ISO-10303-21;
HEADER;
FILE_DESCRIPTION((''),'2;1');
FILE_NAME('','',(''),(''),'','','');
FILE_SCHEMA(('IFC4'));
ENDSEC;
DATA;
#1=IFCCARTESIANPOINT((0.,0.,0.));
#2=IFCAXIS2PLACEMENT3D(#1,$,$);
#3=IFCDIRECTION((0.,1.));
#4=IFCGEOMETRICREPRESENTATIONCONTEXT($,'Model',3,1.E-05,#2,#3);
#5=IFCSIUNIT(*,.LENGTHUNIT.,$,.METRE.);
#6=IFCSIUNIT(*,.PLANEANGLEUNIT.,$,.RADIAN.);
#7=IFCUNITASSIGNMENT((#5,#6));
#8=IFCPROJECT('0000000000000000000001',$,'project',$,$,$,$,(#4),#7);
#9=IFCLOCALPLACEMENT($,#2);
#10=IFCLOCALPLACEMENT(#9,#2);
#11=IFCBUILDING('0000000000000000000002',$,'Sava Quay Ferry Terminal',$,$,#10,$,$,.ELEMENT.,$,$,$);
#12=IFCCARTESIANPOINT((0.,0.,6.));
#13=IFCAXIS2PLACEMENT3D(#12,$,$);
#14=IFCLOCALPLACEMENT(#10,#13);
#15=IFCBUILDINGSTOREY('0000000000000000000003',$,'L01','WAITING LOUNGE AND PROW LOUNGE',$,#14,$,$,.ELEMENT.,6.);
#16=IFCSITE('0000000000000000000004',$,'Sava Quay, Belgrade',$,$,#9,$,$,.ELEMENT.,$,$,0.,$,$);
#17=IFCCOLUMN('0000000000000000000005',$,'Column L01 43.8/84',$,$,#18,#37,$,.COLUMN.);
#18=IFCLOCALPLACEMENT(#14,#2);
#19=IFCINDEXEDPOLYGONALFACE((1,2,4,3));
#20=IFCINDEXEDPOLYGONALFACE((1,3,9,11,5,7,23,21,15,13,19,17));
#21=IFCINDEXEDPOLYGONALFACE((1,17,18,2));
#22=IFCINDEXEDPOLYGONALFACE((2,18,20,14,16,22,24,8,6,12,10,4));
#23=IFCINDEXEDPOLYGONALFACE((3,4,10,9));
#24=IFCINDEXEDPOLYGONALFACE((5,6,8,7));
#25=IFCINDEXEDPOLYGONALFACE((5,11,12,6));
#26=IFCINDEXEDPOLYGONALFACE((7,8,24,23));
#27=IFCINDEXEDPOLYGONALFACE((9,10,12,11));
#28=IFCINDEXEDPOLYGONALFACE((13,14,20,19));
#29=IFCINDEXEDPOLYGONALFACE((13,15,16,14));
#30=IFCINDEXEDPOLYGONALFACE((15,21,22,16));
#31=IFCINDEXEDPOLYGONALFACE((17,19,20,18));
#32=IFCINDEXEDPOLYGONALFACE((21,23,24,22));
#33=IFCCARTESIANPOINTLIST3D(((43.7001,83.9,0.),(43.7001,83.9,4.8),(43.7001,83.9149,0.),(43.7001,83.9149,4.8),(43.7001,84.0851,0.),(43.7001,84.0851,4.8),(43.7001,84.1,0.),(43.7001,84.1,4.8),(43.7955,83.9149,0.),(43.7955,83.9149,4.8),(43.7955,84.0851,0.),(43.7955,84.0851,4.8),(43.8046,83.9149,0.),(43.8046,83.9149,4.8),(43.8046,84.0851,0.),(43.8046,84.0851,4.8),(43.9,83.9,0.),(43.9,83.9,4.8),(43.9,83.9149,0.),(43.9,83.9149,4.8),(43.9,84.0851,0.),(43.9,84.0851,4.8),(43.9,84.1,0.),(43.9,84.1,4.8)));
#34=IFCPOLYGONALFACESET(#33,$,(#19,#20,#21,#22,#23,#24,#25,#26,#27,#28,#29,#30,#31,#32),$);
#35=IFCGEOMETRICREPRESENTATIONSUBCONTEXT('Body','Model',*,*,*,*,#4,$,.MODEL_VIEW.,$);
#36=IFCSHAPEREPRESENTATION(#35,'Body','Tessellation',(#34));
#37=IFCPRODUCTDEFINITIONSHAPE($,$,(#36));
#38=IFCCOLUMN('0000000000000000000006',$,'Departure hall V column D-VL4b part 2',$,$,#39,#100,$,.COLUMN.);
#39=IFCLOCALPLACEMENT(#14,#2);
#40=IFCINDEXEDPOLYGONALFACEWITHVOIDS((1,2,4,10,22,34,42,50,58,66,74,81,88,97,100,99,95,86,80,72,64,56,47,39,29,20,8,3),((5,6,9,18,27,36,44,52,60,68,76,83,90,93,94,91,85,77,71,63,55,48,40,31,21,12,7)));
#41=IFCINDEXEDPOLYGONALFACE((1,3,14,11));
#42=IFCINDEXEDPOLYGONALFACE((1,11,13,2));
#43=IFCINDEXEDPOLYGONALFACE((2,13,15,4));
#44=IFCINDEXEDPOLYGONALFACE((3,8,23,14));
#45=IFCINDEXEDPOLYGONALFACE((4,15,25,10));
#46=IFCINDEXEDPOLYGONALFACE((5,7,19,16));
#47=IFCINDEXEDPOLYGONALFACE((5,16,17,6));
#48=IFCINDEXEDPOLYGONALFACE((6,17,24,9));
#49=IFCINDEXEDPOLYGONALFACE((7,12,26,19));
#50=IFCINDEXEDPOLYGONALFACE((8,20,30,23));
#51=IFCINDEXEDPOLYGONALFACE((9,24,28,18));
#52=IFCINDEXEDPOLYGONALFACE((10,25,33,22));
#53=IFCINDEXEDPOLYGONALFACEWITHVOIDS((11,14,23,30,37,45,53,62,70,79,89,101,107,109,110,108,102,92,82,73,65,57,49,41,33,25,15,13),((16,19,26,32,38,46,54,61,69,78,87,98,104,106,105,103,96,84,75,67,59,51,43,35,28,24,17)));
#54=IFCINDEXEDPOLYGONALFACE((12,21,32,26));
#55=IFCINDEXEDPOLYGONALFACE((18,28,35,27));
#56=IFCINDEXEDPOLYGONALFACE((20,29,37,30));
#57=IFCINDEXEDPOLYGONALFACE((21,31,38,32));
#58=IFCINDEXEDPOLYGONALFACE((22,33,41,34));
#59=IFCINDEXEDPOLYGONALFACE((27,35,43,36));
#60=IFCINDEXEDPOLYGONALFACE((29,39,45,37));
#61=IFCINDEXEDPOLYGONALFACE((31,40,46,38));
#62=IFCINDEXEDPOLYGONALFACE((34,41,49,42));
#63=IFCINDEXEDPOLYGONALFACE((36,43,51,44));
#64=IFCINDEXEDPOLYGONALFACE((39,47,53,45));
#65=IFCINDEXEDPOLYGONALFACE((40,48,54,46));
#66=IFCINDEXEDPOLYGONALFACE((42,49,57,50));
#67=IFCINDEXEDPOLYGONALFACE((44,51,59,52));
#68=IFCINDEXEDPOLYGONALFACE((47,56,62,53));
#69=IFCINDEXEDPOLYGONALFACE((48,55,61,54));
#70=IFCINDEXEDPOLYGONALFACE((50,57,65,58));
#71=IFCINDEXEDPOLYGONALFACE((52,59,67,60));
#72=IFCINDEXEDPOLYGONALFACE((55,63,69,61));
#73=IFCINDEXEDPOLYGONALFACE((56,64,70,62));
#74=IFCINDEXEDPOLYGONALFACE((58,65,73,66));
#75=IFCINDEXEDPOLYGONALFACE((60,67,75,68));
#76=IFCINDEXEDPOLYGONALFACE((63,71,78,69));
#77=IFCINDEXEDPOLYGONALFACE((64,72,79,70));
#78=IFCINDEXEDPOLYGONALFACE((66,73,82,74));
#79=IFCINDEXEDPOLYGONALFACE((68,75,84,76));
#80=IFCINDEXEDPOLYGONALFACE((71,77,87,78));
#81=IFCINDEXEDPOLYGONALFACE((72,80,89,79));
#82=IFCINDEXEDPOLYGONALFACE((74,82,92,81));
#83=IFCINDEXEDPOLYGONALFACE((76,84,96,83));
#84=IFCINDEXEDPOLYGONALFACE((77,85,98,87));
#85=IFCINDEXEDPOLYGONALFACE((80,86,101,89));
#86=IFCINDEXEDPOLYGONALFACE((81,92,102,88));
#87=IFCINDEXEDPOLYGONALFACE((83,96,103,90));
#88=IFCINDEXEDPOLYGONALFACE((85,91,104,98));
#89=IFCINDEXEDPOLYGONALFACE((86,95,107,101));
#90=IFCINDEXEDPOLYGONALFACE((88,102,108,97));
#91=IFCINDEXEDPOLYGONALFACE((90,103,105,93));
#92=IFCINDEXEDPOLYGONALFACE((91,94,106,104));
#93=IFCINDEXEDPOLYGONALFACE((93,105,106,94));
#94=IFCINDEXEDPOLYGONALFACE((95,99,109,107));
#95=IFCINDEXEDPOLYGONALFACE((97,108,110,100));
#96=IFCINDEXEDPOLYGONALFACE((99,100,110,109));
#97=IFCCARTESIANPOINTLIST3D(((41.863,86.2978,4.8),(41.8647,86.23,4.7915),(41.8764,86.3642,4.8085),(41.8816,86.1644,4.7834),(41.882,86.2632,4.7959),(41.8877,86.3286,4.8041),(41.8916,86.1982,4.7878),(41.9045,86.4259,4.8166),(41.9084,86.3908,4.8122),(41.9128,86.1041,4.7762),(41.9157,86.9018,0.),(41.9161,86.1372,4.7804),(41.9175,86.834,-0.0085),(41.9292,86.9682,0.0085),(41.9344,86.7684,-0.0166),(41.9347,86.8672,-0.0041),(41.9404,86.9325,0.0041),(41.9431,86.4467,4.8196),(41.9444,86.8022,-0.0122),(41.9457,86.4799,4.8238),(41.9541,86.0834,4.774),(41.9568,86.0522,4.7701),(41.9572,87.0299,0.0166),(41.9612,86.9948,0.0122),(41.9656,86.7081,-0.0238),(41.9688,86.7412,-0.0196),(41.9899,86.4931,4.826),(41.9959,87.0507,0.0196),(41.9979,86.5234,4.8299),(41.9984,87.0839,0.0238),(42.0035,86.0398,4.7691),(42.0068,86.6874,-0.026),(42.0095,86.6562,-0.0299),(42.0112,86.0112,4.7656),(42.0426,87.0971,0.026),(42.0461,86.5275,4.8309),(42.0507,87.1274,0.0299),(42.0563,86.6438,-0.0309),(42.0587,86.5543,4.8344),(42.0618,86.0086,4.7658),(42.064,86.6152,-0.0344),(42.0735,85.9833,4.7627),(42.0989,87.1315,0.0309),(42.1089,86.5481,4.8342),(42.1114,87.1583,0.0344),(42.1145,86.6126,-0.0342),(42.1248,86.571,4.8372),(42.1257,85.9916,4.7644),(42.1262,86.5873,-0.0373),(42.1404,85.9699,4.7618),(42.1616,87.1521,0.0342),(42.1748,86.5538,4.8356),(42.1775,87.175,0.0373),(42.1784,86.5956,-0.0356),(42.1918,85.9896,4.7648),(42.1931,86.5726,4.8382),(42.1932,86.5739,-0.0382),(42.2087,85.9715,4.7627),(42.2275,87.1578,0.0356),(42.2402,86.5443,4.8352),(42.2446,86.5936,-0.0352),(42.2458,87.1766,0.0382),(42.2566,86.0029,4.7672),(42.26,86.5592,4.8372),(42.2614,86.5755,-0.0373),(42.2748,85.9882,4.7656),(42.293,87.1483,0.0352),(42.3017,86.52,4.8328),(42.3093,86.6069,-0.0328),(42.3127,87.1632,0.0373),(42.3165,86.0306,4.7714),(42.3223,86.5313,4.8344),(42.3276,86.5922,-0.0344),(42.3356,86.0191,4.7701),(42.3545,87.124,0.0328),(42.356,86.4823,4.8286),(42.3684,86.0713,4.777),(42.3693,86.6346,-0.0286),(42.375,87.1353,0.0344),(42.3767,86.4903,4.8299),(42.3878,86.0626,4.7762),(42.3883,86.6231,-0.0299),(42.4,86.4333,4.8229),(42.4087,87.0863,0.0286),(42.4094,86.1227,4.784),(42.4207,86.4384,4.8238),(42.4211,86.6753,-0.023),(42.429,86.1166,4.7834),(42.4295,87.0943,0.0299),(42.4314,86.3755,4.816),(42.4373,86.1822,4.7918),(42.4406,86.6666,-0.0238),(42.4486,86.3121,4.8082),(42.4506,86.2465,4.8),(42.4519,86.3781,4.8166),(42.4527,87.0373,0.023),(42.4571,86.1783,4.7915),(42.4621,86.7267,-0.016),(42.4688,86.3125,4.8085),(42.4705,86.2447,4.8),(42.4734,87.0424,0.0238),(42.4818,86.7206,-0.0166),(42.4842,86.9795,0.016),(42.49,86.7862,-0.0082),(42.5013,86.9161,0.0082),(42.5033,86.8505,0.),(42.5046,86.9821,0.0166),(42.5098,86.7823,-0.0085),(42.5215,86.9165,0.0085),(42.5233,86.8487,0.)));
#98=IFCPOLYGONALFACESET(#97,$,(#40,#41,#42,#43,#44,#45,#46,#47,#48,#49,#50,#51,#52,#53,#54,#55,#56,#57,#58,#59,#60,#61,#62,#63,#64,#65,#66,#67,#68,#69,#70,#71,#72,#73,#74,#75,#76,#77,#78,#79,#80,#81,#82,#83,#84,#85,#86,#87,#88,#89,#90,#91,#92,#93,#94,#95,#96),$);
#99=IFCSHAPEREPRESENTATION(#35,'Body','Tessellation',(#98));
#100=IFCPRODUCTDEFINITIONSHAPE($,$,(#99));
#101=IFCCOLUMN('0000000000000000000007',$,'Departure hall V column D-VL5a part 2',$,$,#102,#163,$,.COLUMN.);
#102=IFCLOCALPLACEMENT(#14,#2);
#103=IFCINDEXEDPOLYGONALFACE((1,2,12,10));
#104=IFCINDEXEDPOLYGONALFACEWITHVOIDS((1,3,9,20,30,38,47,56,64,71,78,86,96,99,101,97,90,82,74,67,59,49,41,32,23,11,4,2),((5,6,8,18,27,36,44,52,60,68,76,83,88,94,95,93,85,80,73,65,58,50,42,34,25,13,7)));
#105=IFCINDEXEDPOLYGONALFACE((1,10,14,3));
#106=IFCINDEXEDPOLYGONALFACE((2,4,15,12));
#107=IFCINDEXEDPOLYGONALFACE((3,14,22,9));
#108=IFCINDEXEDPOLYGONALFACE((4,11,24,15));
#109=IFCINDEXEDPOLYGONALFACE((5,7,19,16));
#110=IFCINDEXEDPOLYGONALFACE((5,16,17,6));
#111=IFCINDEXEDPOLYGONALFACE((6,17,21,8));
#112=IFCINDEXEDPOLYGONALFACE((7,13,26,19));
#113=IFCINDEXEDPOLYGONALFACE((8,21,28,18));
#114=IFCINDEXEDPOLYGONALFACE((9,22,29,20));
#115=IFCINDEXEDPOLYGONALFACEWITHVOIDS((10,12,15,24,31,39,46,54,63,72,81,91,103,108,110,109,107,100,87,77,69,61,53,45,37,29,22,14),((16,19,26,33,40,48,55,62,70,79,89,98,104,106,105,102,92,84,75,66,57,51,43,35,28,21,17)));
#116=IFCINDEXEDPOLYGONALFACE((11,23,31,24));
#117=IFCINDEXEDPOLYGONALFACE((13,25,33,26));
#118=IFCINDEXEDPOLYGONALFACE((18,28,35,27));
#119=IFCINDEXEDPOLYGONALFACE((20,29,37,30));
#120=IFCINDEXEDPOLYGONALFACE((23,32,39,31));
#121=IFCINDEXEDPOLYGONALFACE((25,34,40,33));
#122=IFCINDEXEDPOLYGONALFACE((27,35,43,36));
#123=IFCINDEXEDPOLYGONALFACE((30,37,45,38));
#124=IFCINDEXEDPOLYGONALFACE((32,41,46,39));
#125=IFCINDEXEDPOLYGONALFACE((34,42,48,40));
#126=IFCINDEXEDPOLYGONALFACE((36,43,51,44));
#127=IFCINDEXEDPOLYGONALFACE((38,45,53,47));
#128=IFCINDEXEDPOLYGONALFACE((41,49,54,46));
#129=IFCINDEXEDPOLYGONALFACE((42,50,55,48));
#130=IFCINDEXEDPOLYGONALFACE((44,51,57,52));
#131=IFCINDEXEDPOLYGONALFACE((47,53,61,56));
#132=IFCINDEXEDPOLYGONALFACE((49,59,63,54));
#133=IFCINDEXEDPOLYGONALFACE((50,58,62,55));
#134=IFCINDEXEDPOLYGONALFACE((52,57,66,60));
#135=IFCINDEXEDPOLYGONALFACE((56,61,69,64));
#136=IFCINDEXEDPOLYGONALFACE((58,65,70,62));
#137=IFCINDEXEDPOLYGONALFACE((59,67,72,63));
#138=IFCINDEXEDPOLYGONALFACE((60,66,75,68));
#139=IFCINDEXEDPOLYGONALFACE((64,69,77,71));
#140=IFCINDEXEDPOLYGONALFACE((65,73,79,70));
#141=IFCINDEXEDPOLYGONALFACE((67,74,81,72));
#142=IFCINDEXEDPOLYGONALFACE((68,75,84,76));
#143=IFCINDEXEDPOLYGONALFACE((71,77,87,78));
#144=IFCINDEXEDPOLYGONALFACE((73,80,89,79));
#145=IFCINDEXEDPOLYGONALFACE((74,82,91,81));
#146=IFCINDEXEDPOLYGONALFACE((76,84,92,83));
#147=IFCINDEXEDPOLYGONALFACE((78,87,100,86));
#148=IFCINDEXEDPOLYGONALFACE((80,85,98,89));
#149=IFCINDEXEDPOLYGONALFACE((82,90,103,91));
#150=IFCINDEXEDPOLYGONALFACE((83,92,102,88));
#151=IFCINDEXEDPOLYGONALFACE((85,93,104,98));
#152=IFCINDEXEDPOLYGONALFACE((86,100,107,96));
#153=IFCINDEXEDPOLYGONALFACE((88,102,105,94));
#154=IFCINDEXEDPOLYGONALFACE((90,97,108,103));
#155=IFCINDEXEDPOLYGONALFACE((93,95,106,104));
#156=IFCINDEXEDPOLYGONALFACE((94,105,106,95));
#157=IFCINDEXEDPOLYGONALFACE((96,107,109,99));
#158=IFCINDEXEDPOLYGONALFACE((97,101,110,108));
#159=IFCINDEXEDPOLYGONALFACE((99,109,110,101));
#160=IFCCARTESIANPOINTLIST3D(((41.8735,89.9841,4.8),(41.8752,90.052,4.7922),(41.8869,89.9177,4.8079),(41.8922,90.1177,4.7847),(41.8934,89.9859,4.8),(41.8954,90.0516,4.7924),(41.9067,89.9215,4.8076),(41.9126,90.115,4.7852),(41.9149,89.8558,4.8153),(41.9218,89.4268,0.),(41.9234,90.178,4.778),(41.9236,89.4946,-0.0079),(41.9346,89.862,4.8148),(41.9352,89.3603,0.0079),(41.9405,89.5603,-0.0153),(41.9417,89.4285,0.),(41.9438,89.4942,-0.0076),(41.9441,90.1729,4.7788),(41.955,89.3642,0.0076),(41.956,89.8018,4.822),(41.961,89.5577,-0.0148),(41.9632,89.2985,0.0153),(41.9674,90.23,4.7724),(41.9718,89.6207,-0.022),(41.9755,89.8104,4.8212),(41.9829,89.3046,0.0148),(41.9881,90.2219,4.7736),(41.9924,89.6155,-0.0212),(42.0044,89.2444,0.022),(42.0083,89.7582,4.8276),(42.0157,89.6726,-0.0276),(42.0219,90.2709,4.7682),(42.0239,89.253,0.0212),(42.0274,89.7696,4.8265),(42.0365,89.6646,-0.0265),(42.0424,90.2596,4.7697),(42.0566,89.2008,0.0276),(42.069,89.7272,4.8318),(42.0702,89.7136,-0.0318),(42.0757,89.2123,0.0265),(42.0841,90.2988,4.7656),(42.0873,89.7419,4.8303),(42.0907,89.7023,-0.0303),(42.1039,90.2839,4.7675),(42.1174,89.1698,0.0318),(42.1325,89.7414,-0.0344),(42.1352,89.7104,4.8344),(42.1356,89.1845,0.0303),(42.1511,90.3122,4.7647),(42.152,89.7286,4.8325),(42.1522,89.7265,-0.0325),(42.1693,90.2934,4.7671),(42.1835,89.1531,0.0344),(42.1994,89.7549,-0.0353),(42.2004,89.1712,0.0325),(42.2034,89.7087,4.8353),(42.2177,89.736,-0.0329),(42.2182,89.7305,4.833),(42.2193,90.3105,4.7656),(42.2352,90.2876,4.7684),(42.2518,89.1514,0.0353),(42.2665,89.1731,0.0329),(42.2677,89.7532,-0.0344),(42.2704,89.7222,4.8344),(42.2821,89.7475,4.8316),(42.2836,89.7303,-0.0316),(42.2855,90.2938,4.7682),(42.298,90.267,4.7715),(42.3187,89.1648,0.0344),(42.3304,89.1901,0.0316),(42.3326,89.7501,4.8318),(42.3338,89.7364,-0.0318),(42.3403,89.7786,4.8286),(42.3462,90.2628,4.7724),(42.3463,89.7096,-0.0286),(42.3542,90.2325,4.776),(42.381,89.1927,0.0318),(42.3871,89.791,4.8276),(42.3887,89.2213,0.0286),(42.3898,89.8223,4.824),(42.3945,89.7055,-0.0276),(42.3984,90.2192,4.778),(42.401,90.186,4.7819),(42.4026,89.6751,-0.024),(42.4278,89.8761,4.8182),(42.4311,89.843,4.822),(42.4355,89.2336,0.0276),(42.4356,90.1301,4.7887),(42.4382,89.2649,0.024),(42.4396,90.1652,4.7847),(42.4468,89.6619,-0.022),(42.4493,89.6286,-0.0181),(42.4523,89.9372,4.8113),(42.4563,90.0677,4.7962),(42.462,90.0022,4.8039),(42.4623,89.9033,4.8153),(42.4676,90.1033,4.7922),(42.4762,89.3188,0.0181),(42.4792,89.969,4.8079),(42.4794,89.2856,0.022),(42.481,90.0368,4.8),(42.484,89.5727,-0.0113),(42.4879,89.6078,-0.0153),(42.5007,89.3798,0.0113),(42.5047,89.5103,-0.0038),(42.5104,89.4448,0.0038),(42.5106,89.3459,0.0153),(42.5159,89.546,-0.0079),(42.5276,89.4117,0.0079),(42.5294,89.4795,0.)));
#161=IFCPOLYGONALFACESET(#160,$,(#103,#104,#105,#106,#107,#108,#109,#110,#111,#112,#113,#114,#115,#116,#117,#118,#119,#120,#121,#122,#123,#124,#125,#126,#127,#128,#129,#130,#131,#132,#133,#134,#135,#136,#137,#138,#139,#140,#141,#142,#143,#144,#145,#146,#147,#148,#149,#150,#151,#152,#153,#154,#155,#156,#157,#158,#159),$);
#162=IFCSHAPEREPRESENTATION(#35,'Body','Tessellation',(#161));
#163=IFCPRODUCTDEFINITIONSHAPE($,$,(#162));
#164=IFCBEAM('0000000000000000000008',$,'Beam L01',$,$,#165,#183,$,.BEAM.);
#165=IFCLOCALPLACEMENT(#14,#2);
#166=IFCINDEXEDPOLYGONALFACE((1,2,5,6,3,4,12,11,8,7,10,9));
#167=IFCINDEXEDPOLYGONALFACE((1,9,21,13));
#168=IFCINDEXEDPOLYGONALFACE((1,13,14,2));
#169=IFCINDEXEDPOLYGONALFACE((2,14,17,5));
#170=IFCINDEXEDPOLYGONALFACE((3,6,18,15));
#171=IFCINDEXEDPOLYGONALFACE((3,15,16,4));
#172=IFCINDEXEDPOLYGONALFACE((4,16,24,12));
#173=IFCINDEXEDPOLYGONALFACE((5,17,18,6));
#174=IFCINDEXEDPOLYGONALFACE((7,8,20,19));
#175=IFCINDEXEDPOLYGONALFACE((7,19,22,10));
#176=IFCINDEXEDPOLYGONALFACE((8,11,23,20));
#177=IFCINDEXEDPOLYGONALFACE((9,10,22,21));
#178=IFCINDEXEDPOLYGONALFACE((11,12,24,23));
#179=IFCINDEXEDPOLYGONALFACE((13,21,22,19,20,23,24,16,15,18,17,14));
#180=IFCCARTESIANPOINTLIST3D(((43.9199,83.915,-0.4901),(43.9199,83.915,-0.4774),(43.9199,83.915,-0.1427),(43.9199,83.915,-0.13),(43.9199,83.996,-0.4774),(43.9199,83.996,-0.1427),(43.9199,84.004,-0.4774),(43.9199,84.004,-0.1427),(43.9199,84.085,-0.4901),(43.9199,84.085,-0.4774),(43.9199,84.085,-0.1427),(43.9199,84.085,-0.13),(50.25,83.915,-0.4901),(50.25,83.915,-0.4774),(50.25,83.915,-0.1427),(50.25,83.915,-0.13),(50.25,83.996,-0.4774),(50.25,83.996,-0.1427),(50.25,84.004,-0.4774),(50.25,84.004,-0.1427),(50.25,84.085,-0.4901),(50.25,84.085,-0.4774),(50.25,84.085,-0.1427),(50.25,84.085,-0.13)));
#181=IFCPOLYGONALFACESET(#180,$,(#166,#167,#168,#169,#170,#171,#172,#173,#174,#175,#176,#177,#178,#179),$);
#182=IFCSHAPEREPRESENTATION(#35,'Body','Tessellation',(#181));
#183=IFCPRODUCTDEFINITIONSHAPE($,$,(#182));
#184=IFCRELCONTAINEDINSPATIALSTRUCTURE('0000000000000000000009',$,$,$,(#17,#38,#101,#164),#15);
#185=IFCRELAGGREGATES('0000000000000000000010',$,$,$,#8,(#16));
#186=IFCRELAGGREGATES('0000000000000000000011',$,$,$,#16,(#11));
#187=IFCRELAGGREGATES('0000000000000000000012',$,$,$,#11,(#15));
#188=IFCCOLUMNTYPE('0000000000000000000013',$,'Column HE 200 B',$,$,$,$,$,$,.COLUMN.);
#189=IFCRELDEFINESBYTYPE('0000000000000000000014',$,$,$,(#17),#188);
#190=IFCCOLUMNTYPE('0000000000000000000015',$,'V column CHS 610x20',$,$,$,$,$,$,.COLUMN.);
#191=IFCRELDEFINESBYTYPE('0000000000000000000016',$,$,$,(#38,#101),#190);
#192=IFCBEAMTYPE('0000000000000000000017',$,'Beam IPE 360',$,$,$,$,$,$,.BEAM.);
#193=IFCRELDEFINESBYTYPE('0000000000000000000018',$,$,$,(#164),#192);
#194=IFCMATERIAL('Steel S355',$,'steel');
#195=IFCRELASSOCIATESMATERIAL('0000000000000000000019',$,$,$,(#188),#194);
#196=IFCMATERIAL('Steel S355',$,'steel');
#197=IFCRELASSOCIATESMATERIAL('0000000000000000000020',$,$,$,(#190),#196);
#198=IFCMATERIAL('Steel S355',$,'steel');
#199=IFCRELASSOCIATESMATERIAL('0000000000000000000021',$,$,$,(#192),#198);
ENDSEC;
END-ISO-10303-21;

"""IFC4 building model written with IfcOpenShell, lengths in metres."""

from ifc_helpers import new_model, si_unit, direction, frame, origin, origin_2d, place, context, subcontext, project, spatial, hollow_circle, i_section, extrude, material, material_profile, profile_set, type_object, element, save


model = new_model("IFC4")

# Units and contexts
model_context = context("Model", 3, precision=1e-05, world=origin(), true_north=direction((0.0, 1.0)))
body_context = subcontext(model_context, "Body", "Model", "MODEL_VIEW")
ifc_project = project(units=[si_unit("LENGTHUNIT", "METRE"), si_unit("PLANEANGLEUNIT", "RADIAN")], contexts=[model_context])

# Site, building, storey
site_placement = place(None, origin())
site = spatial("IfcSite", under=ifc_project, at=site_placement, Name="Sava Quay, Belgrade", CompositionType="ELEMENT", RefElevation=0.0)
building_placement = place(site_placement, origin())
building = spatial("IfcBuilding", under=site, at=building_placement, Name="Sava Quay Ferry Terminal", CompositionType="ELEMENT")
storey_placement = place(building_placement, frame((0.0, 0.0, 6.0)))
storey = spatial("IfcBuildingStorey", under=building, at=storey_placement, Name="L01", Description="WAITING LOUNGE AND PROW LOUNGE", CompositionType="ELEMENT", Elevation=6.0)

# Columns
ifc_material_1 = material(Name="Steel S355", Category="steel")
ifc_material_profile_1 = material_profile(ifc_material_1, i_section(OverallWidth=0.2, OverallDepth=0.2, WebThickness=0.009, FlangeThickness=0.0149, at=origin_2d()), Name="HE 200 B")
ifc_profile_set_1 = profile_set([ifc_material_profile_1], Name="Steel S355")
column_type_1 = type_object("IfcColumnType", Name="Column HE 200 B", PredefinedType="COLUMN", material=ifc_profile_set_1)
column_1_placement = place(storey_placement, frame((43.8, 84.0, 0.0), z_axis=(0.0, 0.0, 1.0), x_axis=(1.0, 0.0, 0.0)))
element("IfcColumn", 1, at=column_1_placement, inside=storey, type_object=column_type_1, Name="Column L01 43.8/84", PredefinedType="COLUMN", context=body_context, shape_type="SweptSolid", body=[
    extrude(i_section(OverallWidth=0.2, OverallDepth=0.2, WebThickness=0.009, FlangeThickness=0.0149, at=origin_2d()), origin(), (0.0, 0.0, 1.0), 4.8),
])
ifc_material_2 = material(Name="Steel S355", Category="steel")
ifc_material_profile_2 = material_profile(ifc_material_2, hollow_circle(Radius=0.3049, WallThickness=0.02, at=origin_2d()), Name="CHS 610 x 20.0")
ifc_profile_set_2 = profile_set([ifc_material_profile_2], Name="Steel S355")
column_type_2 = type_object("IfcColumnType", Name="V column CHS 610x20", PredefinedType="COLUMN", material=ifc_profile_set_2)
column_2_placement = place(storey_placement, frame((42.2195, 86.8752, 0.0), z_axis=(-0.0109, -0.124841, 0.992117), x_axis=(0.99621, -0.086977, 0.0)))
element("IfcColumn", 2, at=column_2_placement, inside=storey, type_object=column_type_2, Name="Departure hall V column D-VL4b part 2", PredefinedType="COLUMN", context=body_context, shape_type="SweptSolid", body=[
    extrude(hollow_circle(Radius=0.3049, WallThickness=0.02, at=origin_2d()), origin(), (0.0, 0.0, 1.0), 4.8381),
])
column_3_placement = place(storey_placement, frame((42.2256, 89.4531, 0.0), z_axis=(-0.010003, 0.115337, 0.993276), x_axis=(-0.99626, -0.086404, 0.0)))
element("IfcColumn", 3, at=column_3_placement, inside=storey, type_object=column_type_2, Name="Departure hall V column D-VL5a part 2", PredefinedType="COLUMN", context=body_context, shape_type="SweptSolid", body=[
    extrude(hollow_circle(Radius=0.3049, WallThickness=0.02, at=origin_2d()), origin(), (0.0, 0.0, 1.0), 4.8325),
])

# Beam
ifc_material_3 = material(Name="Steel S355", Category="steel")
ifc_material_profile_3 = material_profile(ifc_material_3, i_section(OverallWidth=0.1699, OverallDepth=0.3601, WebThickness=0.0081, FlangeThickness=0.0127, at=origin_2d()), Name="IPE 360")
ifc_profile_set_3 = profile_set([ifc_material_profile_3], Name="Steel S355")
beam_type_1 = type_object("IfcBeamType", Name="Beam IPE 360", PredefinedType="BEAM", material=ifc_profile_set_3)
beam_1_placement = place(storey_placement, frame((43.9199, 84.0, -0.3101), z_axis=(1.0, 0.0, 0.0), x_axis=(0.0, 1.0, 0.0)))
element("IfcBeam", 4, at=beam_1_placement, inside=storey, type_object=beam_type_1, Name="Beam L01", PredefinedType="BEAM", context=body_context, shape_type="SweptSolid", body=[
    extrude(i_section(OverallWidth=0.1699, OverallDepth=0.3601, WebThickness=0.0081, FlangeThickness=0.0127, at=origin_2d()), origin(), (0.0, 0.0, 1.0), 6.3301),
])

save(model, "model.ifc")
